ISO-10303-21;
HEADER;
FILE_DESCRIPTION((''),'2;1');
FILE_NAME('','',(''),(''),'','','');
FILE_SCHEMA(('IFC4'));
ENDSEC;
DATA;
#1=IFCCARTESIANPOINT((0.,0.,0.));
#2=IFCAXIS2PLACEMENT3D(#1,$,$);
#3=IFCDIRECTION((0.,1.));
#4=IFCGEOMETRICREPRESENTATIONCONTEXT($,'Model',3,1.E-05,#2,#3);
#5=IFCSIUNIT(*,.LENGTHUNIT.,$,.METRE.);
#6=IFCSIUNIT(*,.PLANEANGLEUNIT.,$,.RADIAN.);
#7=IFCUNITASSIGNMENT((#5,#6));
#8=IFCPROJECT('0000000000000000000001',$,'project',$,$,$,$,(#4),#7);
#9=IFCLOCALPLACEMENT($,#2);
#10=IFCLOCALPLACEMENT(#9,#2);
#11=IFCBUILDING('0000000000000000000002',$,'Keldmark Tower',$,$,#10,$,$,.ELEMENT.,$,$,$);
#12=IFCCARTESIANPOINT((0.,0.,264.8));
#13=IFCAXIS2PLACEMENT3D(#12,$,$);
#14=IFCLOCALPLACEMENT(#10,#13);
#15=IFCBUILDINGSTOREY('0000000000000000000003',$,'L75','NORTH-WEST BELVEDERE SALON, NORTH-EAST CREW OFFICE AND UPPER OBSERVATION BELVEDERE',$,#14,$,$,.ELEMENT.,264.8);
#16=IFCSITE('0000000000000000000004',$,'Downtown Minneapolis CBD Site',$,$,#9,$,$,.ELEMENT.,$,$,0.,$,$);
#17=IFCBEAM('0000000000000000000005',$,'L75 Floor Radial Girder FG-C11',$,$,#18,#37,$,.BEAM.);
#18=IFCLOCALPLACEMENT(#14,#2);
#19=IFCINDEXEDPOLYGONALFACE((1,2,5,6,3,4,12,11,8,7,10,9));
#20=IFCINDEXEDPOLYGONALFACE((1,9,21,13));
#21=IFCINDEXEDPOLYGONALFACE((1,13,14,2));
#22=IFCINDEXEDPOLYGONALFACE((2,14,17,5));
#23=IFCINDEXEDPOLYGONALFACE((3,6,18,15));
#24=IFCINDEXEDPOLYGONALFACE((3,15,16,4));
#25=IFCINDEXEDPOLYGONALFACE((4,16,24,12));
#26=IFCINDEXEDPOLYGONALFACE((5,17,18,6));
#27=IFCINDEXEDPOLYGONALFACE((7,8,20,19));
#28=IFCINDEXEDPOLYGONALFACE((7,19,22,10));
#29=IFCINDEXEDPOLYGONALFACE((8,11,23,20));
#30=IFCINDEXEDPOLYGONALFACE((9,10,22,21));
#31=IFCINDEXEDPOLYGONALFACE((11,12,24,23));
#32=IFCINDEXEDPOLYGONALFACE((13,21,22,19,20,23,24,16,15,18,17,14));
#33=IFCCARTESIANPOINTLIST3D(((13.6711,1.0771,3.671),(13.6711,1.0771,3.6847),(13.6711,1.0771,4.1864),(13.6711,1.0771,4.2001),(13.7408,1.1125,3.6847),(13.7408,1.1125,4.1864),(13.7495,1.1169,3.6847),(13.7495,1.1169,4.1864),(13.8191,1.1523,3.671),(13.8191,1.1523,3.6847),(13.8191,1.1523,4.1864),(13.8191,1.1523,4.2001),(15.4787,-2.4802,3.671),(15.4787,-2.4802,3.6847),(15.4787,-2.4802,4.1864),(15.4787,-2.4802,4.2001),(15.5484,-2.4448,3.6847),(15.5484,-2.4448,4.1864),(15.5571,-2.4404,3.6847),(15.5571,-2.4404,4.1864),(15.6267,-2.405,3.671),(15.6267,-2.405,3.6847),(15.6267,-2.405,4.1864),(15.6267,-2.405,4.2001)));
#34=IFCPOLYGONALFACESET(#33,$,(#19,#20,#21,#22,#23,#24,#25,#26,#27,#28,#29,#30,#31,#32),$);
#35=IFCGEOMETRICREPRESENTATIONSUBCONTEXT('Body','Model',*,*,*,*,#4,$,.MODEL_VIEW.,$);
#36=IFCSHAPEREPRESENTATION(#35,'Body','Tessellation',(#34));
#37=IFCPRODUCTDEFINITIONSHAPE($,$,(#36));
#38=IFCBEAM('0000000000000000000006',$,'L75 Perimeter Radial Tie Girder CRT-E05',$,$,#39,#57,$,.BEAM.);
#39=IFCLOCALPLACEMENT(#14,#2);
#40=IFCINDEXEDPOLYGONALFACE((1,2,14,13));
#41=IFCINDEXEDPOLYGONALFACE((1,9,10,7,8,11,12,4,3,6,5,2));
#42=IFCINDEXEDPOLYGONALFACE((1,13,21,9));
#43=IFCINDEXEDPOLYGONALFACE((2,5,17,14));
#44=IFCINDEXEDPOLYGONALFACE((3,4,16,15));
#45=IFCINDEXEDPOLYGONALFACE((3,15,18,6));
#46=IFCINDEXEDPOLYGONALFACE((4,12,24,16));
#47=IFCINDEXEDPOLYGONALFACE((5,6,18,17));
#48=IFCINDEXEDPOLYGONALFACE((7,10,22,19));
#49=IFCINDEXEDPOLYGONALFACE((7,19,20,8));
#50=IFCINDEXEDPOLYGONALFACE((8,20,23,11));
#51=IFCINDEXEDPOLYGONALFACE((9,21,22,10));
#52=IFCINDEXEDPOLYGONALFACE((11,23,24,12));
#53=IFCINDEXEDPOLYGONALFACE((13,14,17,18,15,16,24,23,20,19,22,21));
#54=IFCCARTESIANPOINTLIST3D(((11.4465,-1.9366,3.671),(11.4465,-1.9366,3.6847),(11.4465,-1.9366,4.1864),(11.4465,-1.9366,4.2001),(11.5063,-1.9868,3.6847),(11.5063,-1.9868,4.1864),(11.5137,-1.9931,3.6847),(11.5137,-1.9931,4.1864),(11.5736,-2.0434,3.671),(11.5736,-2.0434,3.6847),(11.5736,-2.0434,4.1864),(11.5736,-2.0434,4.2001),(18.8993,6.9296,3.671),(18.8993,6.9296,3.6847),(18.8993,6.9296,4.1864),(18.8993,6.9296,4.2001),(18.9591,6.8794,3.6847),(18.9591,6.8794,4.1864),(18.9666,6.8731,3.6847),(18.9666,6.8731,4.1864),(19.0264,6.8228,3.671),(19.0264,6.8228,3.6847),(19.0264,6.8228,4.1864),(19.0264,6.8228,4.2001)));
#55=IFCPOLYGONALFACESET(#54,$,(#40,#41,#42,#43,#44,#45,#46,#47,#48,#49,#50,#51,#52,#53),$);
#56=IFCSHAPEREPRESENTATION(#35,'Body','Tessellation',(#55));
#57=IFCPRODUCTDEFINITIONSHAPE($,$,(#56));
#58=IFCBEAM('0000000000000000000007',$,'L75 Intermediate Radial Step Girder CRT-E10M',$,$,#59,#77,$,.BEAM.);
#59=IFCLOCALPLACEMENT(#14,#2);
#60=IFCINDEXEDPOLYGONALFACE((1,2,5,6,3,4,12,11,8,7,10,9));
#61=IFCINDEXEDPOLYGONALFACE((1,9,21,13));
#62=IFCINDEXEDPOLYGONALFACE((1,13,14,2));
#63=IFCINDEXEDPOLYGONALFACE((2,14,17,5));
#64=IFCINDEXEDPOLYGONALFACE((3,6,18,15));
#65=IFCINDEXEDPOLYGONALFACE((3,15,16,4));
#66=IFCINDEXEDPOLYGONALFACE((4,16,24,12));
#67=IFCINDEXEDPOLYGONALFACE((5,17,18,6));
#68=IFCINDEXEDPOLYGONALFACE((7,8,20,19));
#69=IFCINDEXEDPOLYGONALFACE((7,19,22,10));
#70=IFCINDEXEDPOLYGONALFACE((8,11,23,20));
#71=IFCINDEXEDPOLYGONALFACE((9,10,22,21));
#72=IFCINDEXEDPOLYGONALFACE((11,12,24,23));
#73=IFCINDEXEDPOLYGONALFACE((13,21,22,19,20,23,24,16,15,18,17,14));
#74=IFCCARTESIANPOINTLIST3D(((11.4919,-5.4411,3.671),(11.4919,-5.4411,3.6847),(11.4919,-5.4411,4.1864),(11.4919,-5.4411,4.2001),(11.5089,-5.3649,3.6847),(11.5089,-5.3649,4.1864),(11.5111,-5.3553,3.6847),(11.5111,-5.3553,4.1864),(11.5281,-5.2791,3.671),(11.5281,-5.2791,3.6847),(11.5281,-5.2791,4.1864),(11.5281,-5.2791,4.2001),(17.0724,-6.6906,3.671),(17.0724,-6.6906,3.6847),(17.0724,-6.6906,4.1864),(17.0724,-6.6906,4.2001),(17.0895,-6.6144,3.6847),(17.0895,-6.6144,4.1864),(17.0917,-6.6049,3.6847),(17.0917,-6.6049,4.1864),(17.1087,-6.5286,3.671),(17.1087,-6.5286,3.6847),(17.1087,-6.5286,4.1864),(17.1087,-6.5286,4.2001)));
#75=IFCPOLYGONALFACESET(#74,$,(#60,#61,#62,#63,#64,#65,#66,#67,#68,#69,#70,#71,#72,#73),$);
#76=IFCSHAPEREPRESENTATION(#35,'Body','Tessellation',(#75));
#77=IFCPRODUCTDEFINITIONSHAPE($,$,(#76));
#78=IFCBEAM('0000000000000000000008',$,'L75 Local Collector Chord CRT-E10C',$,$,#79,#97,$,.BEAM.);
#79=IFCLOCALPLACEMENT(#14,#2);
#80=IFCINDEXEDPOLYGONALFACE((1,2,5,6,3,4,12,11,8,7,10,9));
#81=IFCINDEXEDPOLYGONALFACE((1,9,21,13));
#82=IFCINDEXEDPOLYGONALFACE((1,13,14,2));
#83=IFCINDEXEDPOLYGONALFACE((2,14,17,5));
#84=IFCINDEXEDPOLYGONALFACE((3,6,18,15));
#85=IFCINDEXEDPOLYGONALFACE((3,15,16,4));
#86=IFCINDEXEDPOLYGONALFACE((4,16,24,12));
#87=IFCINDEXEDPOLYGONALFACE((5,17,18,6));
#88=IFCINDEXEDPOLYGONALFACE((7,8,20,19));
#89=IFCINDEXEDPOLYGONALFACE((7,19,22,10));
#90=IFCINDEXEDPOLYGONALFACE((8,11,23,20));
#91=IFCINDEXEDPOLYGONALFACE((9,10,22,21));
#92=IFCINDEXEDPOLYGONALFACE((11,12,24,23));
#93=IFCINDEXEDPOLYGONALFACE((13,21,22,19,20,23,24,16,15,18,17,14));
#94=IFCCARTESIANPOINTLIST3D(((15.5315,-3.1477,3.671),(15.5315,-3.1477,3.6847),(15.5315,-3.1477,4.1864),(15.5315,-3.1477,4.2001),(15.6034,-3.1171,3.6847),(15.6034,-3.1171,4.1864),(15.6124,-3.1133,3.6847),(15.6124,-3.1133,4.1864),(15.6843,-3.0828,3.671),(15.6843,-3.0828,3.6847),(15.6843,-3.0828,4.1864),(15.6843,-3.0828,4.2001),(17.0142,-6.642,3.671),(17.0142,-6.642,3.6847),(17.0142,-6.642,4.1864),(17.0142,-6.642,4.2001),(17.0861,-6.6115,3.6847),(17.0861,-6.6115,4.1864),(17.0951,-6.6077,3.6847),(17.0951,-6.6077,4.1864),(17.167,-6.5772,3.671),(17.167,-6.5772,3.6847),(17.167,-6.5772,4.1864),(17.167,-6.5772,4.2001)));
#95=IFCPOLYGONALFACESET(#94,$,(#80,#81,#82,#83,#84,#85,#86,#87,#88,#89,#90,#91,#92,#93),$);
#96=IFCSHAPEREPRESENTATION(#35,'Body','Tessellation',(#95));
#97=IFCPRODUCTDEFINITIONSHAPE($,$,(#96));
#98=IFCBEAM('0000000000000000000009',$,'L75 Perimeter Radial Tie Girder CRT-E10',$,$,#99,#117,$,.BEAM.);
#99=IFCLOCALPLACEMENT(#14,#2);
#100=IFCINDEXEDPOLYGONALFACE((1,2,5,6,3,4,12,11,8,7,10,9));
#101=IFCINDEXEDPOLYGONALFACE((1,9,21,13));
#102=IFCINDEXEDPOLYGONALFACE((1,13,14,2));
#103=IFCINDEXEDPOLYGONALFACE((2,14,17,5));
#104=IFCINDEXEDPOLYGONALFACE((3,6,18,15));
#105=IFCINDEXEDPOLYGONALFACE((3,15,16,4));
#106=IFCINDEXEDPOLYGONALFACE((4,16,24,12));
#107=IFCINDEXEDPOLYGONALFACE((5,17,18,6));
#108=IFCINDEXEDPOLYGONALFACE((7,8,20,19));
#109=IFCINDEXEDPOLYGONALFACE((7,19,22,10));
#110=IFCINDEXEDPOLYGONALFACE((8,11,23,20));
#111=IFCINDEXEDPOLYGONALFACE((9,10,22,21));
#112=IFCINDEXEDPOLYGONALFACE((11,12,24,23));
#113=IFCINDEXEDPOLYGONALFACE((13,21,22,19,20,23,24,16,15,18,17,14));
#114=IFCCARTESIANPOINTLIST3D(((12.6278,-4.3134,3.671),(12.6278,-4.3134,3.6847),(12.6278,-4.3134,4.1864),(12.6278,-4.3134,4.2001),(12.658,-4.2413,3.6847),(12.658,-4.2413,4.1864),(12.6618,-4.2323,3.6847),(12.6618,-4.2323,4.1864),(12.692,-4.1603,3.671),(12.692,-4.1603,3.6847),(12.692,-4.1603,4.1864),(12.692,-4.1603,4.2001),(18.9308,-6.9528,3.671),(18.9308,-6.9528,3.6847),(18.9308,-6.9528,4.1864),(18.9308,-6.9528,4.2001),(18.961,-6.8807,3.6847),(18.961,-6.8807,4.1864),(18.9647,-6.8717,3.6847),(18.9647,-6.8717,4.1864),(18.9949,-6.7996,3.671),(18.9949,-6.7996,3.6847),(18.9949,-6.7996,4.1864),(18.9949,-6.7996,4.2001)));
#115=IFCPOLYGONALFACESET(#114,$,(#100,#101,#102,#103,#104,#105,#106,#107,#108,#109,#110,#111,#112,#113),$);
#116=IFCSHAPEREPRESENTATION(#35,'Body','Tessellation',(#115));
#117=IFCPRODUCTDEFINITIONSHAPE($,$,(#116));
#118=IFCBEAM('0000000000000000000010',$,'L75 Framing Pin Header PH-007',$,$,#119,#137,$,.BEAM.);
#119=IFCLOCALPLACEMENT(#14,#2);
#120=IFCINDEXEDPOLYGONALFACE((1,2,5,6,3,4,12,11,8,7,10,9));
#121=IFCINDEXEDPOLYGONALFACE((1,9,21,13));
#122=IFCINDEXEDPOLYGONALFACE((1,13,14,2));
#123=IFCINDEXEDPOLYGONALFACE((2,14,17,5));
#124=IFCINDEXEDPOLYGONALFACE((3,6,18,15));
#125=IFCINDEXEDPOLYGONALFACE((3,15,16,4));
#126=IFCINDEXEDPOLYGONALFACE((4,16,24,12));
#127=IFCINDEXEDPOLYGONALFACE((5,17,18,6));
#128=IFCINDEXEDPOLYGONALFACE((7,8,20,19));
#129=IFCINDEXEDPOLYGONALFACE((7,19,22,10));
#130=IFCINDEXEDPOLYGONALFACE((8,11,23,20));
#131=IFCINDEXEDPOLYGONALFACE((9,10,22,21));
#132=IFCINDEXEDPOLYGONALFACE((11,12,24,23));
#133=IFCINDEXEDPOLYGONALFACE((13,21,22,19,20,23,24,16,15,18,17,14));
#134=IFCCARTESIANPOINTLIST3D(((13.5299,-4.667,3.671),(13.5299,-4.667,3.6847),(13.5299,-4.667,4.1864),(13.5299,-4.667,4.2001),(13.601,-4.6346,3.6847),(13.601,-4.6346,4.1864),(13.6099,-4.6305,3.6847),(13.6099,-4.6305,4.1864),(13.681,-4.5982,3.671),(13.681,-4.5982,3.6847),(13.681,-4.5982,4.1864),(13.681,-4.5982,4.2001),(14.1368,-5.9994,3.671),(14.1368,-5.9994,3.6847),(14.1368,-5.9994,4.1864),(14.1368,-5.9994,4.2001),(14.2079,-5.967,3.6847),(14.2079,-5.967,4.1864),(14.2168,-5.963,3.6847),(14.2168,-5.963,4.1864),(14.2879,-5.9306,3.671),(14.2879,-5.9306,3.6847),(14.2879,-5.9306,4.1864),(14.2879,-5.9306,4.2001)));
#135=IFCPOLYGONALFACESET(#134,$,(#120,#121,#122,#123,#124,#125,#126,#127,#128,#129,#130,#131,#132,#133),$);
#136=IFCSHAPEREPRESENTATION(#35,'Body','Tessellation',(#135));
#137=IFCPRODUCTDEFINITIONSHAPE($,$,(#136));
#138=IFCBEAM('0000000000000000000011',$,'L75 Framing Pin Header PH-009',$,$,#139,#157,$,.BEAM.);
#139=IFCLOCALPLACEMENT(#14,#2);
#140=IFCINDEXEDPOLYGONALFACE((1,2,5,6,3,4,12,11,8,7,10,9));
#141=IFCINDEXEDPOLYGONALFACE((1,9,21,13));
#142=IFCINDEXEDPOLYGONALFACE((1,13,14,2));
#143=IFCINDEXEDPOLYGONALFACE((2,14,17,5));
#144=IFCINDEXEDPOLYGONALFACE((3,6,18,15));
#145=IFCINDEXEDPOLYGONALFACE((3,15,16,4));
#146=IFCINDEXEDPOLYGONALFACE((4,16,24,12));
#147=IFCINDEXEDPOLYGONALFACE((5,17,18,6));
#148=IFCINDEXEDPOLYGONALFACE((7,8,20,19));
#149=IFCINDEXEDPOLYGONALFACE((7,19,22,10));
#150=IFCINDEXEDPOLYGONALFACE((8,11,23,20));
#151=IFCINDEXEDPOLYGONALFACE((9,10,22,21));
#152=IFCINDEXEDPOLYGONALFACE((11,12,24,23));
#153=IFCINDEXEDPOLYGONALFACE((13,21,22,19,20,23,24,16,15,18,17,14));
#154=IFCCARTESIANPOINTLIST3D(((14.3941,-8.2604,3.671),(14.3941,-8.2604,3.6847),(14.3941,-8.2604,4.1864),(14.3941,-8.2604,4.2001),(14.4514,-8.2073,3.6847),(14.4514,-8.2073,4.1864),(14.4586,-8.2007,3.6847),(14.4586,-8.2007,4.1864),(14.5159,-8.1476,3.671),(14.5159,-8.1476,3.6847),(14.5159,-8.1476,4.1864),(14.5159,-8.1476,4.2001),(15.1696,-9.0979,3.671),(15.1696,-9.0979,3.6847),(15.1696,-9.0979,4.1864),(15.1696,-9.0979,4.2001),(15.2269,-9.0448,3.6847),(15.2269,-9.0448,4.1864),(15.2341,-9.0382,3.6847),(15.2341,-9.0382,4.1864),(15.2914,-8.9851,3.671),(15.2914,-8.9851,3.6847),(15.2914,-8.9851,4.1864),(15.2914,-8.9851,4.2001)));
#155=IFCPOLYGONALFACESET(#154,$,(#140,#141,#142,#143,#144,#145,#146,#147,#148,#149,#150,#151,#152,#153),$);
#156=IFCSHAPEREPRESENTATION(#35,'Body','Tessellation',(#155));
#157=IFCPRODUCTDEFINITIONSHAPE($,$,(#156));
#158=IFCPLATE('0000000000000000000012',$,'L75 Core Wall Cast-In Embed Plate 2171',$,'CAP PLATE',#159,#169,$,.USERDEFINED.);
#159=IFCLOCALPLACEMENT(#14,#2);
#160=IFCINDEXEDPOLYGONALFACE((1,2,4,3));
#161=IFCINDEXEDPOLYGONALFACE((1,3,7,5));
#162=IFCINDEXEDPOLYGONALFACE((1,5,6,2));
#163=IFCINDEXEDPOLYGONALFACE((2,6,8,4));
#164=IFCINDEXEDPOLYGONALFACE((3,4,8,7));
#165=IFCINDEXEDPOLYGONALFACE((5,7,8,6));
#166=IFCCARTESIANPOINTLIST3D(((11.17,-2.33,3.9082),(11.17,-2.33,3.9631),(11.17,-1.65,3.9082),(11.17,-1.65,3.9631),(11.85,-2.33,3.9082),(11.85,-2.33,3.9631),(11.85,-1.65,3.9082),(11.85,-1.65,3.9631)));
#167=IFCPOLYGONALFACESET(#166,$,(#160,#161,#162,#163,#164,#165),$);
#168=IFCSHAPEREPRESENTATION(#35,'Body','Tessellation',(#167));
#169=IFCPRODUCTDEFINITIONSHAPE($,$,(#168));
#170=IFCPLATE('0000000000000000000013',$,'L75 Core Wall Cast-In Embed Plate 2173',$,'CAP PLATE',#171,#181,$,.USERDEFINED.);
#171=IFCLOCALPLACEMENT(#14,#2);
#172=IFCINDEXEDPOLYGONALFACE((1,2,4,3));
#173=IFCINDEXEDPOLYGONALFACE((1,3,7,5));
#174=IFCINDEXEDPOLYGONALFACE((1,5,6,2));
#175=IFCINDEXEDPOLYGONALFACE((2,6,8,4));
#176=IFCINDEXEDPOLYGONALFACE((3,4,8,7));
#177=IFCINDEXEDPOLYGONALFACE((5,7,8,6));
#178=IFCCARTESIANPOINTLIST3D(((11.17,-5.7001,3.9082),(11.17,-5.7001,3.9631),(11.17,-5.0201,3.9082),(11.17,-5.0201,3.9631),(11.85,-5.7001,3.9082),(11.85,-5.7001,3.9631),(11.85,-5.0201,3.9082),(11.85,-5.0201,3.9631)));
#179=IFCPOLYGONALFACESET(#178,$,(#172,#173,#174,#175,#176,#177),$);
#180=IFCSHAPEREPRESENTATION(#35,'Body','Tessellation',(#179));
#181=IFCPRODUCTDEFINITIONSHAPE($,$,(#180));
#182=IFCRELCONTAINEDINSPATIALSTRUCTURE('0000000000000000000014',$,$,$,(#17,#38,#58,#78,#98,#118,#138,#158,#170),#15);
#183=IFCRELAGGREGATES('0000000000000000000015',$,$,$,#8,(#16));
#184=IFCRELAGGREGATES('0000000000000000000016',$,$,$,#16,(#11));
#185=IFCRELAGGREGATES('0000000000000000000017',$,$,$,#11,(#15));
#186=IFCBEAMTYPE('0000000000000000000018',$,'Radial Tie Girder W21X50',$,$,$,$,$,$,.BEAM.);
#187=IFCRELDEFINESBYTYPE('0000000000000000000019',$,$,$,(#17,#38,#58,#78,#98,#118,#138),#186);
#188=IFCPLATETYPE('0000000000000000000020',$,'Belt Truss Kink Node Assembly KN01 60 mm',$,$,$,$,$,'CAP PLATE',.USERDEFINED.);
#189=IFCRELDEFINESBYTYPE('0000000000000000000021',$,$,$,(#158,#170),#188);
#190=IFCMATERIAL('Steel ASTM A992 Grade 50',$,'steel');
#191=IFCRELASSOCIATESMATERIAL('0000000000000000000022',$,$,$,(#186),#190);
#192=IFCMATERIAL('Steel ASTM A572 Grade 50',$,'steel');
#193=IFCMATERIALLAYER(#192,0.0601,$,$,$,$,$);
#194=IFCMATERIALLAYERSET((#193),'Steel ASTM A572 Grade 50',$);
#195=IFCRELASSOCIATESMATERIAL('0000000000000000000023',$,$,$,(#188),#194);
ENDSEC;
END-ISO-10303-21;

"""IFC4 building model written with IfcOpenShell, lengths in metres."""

from ifc_helpers import new_model, si_unit, direction, frame, origin, origin_2d, place, context, subcontext, project, spatial, rectangle, i_section, extrude, material, layer, layer_set, material_profile, profile_set, type_object, element, save


model = new_model("IFC4")

# Units and contexts
model_context = context("Model", 3, precision=1e-05, world=origin(), true_north=direction((0.0, 1.0)))
body_context = subcontext(model_context, "Body", "Model", "MODEL_VIEW")
ifc_project = project(units=[si_unit("LENGTHUNIT", "METRE"), si_unit("PLANEANGLEUNIT", "RADIAN")], contexts=[model_context])

# Site, building, storey
site_placement = place(None, origin())
site = spatial("IfcSite", under=ifc_project, at=site_placement, Name="Downtown Minneapolis CBD Site", CompositionType="ELEMENT", RefElevation=0.0)
building_placement = place(site_placement, origin())
building = spatial("IfcBuilding", under=site, at=building_placement, Name="Keldmark Tower", CompositionType="ELEMENT")
storey_placement = place(building_placement, frame((0.0, 0.0, 264.8)))
storey = spatial("IfcBuildingStorey", under=building, at=storey_placement, Name="L75", Description="NORTH-WEST BELVEDERE SALON, NORTH-EAST CREW OFFICE AND UPPER OBSERVATION BELVEDERE", CompositionType="ELEMENT", Elevation=264.8)

# Beams
ifc_material_1 = material(Name="Steel ASTM A992 Grade 50", Category="steel")
ifc_material_profile = material_profile(ifc_material_1, i_section(OverallWidth=0.166, OverallDepth=0.5291, WebThickness=0.0098, FlangeThickness=0.0137, at=origin_2d()), Name="W21X50")
ifc_profile_set = profile_set([ifc_material_profile], Name="Steel ASTM A992 Grade 50")
beam_type = type_object("IfcBeamType", Name="Radial Tie Girder W21X50", PredefinedType="BEAM", material=ifc_profile_set)
beam_1_placement = place(storey_placement, frame((15.5527, -2.4426, 3.9355), z_axis=(-0.453004, 0.891508, 0.0), x_axis=(-0.891508, -0.453004, 0.0)))
element("IfcBeam", 1, at=beam_1_placement, inside=storey, type_object=beam_type, Name="L75 Floor Radial Girder FG-C11", PredefinedType="BEAM", context=body_context, shape_type="SweptSolid", body=[
    extrude(i_section(OverallWidth=0.166, OverallDepth=0.5291, WebThickness=0.0098, FlangeThickness=0.0137, at=origin_2d()), origin(), (0.0, 0.0, 1.0), 3.9902),
])
beam_2_placement = place(storey_placement, frame((11.51, -1.99, 3.9355), z_axis=(0.643458, 0.765481, 0.0), x_axis=(-0.765481, 0.643458, 0.0)))
element("IfcBeam", 2, at=beam_2_placement, inside=storey, type_object=beam_type, Name="L75 Perimeter Radial Tie Girder CRT-E05", PredefinedType="BEAM", context=body_context, shape_type="SweptSolid", body=[
    extrude(i_section(OverallWidth=0.166, OverallDepth=0.5291, WebThickness=0.0098, FlangeThickness=0.0137, at=origin_2d()), origin(), (0.0, 0.0, 1.0), 11.5825),
])
beam_3_placement = place(storey_placement, frame((11.51, -5.3601, 3.9355), z_axis=(0.975838, -0.218494, 0.0), x_axis=(0.218494, 0.975838, 0.0)))
element("IfcBeam", 3, at=beam_3_placement, inside=storey, type_object=beam_type, Name="L75 Intermediate Radial Step Girder CRT-E10M", PredefinedType="BEAM", context=body_context, shape_type="SweptSolid", body=[
    extrude(i_section(OverallWidth=0.166, OverallDepth=0.5291, WebThickness=0.0098, FlangeThickness=0.0137, at=origin_2d()), origin(), (0.0, 0.0, 1.0), 5.7188),
])
beam_4_placement = place(storey_placement, frame((15.6079, -3.1152, 3.9355), z_axis=(0.390594, -0.920563, 0.0), x_axis=(0.920563, 0.390594, 0.0)))
element("IfcBeam", 4, at=beam_4_placement, inside=storey, type_object=beam_type, Name="L75 Local Collector Chord CRT-E10C", PredefinedType="BEAM", context=body_context, shape_type="SweptSolid", body=[
    extrude(i_section(OverallWidth=0.166, OverallDepth=0.5291, WebThickness=0.0098, FlangeThickness=0.0137, at=origin_2d()), origin(), (0.0, 0.0, 1.0), 3.7959),
])
beam_5_placement = place(storey_placement, frame((12.6599, -4.2368, 3.9355), z_axis=(0.922392, -0.386256, 0.0), x_axis=(0.386256, 0.922392, 0.0)))
element("IfcBeam", 5, at=beam_5_placement, inside=storey, type_object=beam_type, Name="L75 Perimeter Radial Tie Girder CRT-E10", PredefinedType="BEAM", context=body_context, shape_type="SweptSolid", body=[
    extrude(i_section(OverallWidth=0.166, OverallDepth=0.5291, WebThickness=0.0098, FlangeThickness=0.0137, at=origin_2d()), origin(), (0.0, 0.0, 1.0), 6.8333),
])
beam_6_placement = place(storey_placement, frame((13.6055, -4.6326, 3.9355), z_axis=(0.414506, -0.910046, 0.0), x_axis=(0.910046, 0.414506, 0.0)))
element("IfcBeam", 6, at=beam_6_placement, inside=storey, type_object=beam_type, Name="L75 Framing Pin Header PH-007", PredefinedType="BEAM", context=body_context, shape_type="SweptSolid", body=[
    extrude(i_section(OverallWidth=0.166, OverallDepth=0.5291, WebThickness=0.0098, FlangeThickness=0.0137, at=origin_2d()), origin(), (0.0, 0.0, 1.0), 1.4641),
])
beam_7_placement = place(storey_placement, frame((15.2305, -9.0415, 3.9355), z_axis=(-0.679417, 0.733753, 0.0), x_axis=(-0.733753, -0.679417, 0.0)))
element("IfcBeam", 7, at=beam_7_placement, inside=storey, type_object=beam_type, Name="L75 Framing Pin Header PH-009", PredefinedType="BEAM", context=body_context, shape_type="SweptSolid", body=[
    extrude(i_section(OverallWidth=0.166, OverallDepth=0.5291, WebThickness=0.0098, FlangeThickness=0.0137, at=origin_2d()), origin(), (0.0, 0.0, 1.0), 1.1414),
])

# Plates
ifc_material_2 = material(Name="Steel ASTM A572 Grade 50", Category="steel")
ifc_layer_1 = layer(ifc_material_2, 0.0601)
ifc_layer_set_1 = layer_set([ifc_layer_1], Name="Steel ASTM A572 Grade 50")
plate_type = type_object("IfcPlateType", Name="Belt Truss Kink Node Assembly KN01 60 mm", ElementType="CAP PLATE", PredefinedType="USERDEFINED", material=ifc_layer_set_1)
for number, where, z_axis, x_axis, name in (
    (8, (11.51, -1.99, 3.9082), (0.0, 0.0, 1.0), (1.0, 0.0, 0.0), "L75 Core Wall Cast-In Embed Plate 2171"),
    (9, (11.51, -5.3601, 3.9082), (0.0, 0.0, 1.0), (1.0, 0.0, 0.0), "L75 Core Wall Cast-In Embed Plate 2173"),
):
    element("IfcPlate", number, at=place(storey_placement, frame(where, z_axis=z_axis, x_axis=x_axis)), inside=storey, type_object=plate_type, Name=name, ObjectType="CAP PLATE", PredefinedType="USERDEFINED", context=body_context, shape_type="SweptSolid", body=[
        extrude(rectangle(XDim=0.6799, YDim=0.6799, at=origin_2d()), origin(), (0.0, 0.0, 1.0), 0.0549),
    ])

save(model, "model.ifc")
